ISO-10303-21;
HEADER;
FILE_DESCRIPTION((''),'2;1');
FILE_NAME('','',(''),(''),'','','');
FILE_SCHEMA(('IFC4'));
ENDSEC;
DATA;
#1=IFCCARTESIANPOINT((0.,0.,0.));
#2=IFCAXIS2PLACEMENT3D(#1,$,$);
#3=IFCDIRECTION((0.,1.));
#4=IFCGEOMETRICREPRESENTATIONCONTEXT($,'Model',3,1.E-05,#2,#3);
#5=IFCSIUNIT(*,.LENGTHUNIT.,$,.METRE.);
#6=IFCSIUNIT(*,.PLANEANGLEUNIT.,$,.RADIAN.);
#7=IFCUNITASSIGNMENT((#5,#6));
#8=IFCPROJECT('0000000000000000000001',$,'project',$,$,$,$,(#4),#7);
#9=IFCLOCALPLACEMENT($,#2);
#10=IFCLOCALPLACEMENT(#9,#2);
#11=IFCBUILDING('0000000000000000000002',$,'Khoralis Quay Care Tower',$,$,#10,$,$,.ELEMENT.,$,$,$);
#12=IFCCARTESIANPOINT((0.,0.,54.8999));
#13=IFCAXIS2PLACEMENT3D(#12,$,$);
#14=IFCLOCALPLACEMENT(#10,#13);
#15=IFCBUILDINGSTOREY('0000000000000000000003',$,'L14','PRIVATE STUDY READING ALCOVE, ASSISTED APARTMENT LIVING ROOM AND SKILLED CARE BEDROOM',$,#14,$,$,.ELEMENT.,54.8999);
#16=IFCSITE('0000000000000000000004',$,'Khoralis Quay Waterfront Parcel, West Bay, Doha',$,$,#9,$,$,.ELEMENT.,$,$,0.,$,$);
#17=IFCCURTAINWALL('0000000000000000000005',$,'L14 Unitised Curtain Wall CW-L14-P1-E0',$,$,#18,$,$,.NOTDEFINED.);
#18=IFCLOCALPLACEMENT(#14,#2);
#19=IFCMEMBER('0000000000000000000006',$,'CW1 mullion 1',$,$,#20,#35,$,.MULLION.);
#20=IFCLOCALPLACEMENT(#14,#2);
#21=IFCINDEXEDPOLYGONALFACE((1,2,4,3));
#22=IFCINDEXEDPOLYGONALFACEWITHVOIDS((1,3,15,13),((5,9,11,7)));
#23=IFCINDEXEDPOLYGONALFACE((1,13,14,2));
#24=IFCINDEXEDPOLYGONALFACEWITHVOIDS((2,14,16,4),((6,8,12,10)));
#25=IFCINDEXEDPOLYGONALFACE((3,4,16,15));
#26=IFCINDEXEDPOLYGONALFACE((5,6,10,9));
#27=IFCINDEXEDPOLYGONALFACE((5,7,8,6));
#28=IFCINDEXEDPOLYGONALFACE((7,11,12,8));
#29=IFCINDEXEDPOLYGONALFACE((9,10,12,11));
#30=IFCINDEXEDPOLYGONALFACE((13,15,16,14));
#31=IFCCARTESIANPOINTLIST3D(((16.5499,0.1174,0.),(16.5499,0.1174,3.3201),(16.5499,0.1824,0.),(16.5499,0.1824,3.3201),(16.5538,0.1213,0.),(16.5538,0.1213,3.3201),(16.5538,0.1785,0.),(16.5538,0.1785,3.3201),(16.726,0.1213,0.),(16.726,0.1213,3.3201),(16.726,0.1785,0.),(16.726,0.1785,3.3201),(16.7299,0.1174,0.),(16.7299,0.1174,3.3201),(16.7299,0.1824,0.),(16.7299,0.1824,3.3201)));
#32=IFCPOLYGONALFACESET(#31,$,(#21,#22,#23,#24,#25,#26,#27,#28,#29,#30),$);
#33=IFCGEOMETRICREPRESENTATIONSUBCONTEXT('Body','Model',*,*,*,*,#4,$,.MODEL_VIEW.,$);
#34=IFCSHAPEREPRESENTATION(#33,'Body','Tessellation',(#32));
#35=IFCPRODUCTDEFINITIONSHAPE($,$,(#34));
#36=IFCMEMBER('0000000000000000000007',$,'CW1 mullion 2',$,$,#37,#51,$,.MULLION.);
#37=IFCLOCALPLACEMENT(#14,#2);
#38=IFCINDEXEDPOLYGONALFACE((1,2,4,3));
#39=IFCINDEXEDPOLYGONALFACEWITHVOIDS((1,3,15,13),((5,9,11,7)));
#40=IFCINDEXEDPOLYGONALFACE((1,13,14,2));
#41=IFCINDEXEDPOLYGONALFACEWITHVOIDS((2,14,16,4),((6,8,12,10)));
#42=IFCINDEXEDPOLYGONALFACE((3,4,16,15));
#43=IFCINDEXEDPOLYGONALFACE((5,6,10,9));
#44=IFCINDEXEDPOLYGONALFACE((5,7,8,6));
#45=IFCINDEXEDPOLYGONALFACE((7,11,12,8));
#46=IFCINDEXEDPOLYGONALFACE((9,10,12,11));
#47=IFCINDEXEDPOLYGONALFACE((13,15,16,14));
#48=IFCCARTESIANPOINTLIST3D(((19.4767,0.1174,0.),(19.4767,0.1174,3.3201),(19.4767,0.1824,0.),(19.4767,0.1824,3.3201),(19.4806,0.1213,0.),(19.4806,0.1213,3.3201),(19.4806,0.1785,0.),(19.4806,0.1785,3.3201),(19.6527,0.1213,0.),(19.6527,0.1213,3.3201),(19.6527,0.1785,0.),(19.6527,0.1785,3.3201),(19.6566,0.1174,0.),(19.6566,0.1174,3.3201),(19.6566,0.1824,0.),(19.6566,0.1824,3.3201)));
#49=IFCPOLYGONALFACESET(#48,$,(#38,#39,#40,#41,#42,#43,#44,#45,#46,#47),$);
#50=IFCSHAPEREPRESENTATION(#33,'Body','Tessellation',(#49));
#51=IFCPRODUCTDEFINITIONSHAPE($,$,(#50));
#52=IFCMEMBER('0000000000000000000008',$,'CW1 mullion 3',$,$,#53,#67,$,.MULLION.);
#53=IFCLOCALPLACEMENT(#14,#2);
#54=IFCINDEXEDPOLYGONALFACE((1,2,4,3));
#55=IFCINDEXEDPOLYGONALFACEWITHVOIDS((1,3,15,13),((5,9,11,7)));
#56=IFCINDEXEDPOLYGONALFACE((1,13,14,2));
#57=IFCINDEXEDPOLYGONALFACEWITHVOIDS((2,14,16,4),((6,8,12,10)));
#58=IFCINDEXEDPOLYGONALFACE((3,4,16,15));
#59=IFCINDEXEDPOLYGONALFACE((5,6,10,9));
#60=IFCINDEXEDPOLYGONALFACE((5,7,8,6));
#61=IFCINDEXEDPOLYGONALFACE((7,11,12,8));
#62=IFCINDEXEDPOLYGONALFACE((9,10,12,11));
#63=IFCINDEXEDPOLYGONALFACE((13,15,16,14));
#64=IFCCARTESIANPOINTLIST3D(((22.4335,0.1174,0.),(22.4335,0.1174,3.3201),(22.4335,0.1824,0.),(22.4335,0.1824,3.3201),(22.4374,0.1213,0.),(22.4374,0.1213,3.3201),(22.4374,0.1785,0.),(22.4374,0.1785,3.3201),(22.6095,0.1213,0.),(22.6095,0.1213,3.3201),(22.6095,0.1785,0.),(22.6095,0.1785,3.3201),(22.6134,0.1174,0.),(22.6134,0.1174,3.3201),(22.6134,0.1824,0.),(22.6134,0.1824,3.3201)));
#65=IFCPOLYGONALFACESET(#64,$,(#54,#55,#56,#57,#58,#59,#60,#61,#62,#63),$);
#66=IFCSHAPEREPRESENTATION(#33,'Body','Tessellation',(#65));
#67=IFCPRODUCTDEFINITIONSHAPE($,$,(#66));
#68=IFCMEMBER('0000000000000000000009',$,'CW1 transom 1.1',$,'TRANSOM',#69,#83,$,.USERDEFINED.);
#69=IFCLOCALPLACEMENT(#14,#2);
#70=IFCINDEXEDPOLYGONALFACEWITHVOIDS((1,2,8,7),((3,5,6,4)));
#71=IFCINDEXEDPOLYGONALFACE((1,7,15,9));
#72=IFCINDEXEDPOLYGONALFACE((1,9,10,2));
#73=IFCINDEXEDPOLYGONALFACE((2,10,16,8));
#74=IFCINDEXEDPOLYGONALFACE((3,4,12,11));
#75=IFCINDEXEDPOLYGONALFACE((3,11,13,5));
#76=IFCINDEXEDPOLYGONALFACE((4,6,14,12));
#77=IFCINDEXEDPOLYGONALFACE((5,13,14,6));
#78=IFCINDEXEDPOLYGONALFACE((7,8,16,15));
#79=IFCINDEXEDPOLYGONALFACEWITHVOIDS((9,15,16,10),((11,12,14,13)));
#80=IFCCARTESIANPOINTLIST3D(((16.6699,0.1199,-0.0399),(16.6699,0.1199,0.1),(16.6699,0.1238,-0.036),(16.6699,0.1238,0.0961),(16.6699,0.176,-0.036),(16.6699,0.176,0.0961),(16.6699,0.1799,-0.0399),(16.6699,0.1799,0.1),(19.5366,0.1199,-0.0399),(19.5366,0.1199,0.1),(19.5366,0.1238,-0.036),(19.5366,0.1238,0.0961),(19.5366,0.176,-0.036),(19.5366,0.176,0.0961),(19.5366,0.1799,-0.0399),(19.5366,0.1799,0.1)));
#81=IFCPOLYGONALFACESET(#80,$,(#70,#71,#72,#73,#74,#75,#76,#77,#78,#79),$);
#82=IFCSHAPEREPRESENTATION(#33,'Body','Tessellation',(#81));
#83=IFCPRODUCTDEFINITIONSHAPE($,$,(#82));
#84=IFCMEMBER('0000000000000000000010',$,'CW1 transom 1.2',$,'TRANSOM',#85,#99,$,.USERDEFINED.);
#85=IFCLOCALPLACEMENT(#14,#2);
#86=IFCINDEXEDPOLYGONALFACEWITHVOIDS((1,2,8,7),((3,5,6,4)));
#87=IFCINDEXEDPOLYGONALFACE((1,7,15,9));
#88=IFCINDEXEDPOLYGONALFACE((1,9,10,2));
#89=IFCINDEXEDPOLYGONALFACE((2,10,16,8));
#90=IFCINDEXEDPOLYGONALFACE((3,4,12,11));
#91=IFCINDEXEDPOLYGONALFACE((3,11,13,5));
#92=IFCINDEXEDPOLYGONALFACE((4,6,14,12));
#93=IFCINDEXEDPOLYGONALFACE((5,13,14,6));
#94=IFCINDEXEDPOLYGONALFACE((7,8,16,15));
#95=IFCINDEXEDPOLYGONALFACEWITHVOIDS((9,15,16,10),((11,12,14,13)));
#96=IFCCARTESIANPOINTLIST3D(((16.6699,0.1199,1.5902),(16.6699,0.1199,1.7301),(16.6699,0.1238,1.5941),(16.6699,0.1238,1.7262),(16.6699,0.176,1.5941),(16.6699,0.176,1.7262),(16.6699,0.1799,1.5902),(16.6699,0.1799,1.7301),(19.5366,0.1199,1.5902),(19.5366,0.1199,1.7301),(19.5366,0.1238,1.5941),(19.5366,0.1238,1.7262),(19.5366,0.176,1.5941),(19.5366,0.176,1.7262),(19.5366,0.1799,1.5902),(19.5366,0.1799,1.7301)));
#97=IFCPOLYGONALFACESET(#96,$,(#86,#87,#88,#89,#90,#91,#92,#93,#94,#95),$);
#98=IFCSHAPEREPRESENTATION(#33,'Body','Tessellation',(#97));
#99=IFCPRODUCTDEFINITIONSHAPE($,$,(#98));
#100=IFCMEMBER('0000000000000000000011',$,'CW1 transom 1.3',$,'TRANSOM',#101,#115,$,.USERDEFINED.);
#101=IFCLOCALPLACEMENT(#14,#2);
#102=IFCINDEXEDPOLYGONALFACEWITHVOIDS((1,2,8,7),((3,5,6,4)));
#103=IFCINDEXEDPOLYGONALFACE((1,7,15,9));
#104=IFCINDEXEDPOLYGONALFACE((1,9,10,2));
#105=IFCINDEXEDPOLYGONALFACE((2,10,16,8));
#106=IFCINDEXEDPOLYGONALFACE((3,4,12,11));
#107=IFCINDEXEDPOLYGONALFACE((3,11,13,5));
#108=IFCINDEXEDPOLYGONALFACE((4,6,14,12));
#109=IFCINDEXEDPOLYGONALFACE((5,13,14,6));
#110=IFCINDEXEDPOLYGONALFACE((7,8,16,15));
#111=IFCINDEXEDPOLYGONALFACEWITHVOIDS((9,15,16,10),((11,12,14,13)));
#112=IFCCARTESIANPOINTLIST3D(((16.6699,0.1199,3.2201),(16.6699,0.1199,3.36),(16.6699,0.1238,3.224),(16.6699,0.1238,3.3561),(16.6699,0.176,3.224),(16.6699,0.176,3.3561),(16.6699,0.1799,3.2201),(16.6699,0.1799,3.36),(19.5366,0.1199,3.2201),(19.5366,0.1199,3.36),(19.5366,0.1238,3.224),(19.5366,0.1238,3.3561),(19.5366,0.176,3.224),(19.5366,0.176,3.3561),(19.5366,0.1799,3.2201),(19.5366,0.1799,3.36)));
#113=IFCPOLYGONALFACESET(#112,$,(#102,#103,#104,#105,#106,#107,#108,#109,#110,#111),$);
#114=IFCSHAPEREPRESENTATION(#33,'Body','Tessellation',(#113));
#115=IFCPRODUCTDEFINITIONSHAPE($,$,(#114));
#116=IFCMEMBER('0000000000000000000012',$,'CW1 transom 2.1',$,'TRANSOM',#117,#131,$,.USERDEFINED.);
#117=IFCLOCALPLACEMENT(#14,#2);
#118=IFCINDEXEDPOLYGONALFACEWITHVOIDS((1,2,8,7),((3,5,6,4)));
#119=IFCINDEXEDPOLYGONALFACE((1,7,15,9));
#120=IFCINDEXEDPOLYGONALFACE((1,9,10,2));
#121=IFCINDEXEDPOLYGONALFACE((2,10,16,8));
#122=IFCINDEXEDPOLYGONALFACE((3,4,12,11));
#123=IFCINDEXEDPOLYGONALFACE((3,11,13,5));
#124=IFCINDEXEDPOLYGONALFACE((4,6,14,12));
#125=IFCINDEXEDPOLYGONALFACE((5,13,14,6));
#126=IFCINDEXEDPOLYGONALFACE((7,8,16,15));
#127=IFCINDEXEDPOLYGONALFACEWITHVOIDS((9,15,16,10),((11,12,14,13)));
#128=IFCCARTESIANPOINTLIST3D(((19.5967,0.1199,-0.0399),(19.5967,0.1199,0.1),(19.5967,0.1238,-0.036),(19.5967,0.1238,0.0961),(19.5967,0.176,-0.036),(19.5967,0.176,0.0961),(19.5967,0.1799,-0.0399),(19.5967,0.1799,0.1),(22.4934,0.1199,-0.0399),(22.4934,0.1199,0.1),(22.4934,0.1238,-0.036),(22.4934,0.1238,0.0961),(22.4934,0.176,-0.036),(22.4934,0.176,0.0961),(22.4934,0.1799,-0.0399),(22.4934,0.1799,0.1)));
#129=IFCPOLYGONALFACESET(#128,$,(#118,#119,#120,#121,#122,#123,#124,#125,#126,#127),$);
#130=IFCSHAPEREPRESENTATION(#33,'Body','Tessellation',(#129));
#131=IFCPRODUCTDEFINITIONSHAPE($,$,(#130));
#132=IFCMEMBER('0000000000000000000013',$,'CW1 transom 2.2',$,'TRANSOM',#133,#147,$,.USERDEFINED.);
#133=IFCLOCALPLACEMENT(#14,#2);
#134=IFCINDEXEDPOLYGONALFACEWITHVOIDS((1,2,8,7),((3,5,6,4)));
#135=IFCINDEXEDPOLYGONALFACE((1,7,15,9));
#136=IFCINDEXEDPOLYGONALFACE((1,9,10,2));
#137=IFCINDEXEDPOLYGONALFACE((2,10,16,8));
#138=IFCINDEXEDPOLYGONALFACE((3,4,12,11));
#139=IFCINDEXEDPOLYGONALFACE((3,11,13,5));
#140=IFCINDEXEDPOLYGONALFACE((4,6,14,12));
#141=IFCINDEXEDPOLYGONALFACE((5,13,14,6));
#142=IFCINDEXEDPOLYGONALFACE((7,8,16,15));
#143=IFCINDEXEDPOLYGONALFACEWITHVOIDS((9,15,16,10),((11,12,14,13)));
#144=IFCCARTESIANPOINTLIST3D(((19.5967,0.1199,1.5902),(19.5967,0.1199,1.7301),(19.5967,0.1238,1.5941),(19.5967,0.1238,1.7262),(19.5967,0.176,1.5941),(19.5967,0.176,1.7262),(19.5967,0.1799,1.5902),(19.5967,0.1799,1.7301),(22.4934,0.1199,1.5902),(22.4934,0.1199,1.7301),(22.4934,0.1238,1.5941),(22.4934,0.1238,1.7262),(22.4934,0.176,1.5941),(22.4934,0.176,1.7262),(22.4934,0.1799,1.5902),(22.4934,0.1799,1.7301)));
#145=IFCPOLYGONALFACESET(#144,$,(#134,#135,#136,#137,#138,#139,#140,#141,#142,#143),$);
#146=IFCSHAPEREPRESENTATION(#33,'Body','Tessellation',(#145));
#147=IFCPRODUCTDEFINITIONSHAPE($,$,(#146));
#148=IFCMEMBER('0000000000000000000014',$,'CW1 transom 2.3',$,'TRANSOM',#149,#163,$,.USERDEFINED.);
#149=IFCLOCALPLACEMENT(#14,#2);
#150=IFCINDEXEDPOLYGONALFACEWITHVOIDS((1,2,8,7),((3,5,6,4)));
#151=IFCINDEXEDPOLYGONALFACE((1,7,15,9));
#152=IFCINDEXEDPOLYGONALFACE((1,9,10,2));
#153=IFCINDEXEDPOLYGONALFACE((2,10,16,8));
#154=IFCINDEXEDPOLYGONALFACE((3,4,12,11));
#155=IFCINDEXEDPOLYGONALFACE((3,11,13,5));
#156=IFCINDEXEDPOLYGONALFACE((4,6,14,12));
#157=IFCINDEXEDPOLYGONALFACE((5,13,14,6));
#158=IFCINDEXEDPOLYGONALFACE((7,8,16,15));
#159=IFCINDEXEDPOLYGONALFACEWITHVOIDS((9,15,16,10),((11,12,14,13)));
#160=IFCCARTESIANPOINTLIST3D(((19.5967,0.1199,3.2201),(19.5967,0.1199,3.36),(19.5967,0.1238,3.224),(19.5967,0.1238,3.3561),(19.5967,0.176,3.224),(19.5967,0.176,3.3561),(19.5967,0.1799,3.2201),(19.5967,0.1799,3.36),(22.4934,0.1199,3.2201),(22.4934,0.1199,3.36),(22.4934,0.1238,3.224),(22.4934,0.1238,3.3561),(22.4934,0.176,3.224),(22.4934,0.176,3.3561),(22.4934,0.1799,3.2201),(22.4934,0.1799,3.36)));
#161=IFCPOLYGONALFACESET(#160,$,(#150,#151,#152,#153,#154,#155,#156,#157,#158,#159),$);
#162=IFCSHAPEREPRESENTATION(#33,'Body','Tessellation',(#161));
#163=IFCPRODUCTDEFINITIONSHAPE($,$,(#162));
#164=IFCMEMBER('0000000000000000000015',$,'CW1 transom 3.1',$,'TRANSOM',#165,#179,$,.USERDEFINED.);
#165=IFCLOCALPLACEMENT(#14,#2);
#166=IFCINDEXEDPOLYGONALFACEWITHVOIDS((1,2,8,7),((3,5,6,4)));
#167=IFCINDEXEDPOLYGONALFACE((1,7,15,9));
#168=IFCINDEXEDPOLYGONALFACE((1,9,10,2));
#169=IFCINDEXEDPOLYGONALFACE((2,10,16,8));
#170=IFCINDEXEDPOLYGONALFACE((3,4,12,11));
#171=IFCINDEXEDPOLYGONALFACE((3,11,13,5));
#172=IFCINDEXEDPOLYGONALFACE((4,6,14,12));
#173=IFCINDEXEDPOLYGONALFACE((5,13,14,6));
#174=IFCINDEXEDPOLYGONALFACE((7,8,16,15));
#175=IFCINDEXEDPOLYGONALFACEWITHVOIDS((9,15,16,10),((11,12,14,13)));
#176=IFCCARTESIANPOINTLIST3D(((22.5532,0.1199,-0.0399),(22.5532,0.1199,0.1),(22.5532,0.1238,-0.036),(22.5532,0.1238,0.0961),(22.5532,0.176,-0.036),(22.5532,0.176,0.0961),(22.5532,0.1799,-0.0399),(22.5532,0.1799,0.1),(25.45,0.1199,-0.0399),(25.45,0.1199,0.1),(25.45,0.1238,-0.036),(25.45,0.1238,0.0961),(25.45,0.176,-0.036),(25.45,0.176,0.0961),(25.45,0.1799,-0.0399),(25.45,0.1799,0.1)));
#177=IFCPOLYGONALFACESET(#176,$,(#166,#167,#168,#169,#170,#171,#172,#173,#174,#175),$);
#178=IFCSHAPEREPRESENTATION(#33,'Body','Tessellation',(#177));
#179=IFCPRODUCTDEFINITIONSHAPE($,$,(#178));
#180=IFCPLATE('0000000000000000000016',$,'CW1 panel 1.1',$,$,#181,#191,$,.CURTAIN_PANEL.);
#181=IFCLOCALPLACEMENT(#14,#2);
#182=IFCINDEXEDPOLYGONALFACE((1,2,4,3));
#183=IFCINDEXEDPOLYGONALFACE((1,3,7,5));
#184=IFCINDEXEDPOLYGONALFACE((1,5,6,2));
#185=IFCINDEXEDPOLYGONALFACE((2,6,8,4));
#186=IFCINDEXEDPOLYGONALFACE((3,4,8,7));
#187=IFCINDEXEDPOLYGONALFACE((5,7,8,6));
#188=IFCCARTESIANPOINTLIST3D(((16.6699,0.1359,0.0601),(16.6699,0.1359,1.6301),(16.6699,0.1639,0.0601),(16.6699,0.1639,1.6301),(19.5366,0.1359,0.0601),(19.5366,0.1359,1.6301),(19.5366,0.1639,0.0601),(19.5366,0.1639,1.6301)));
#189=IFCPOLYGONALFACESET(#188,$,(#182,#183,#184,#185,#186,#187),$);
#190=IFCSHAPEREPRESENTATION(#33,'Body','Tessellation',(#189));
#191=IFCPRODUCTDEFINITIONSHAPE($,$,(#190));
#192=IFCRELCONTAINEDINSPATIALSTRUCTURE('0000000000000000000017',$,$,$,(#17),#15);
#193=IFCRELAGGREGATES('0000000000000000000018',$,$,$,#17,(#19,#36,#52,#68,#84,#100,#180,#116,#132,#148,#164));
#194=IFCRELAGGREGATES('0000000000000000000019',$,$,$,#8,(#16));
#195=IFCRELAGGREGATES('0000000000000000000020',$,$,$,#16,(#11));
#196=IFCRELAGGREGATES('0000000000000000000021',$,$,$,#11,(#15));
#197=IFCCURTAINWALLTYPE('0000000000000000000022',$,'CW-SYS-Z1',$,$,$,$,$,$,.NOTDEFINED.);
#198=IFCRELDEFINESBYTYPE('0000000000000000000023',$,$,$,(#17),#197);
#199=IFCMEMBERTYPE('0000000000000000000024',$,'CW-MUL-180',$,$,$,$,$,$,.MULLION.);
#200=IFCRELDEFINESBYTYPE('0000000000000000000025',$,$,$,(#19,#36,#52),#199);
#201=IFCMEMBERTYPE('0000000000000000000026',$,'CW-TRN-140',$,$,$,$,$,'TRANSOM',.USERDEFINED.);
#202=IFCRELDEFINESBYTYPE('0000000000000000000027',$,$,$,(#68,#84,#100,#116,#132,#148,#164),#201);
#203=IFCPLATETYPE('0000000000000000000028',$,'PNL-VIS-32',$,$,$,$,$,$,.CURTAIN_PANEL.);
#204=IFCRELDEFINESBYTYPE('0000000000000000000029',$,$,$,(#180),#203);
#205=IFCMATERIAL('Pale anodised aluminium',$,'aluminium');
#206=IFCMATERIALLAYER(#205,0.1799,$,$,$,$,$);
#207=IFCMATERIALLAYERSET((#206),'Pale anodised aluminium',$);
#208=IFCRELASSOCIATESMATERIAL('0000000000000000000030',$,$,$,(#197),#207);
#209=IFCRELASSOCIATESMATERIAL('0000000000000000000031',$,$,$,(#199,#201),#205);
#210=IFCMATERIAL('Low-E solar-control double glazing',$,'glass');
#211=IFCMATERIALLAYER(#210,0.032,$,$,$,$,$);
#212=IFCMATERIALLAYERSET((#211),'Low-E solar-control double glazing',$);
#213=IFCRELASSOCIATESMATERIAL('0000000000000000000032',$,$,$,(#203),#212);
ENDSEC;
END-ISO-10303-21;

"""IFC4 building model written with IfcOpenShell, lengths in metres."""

from ifc_helpers import new_model, si_unit, direction, frame, origin, origin_2d, place, context, subcontext, project, spatial, rectangle, hollow_rectangle, extrude, source, transform, mapped, material, layer, layer_set, material_profile, profile_set, type_object, element, aggregate, save


model = new_model("IFC4")

# Units and contexts
model_context = context("Model", 3, precision=1e-05, world=origin(), true_north=direction((0.0, 1.0)))
body_context = subcontext(model_context, "Body", "Model", "MODEL_VIEW")
ifc_project = project(units=[si_unit("LENGTHUNIT", "METRE"), si_unit("PLANEANGLEUNIT", "RADIAN")], contexts=[model_context])

# Site, building, storey
site_placement = place(None, origin())
site = spatial("IfcSite", under=ifc_project, at=site_placement, Name="Khoralis Quay Waterfront Parcel, West Bay, Doha", CompositionType="ELEMENT", RefElevation=0.0)
building_placement = place(site_placement, origin())
building = spatial("IfcBuilding", under=site, at=building_placement, Name="Khoralis Quay Care Tower", CompositionType="ELEMENT")
storey_placement = place(building_placement, frame((0.0, 0.0, 54.8999)))
storey = spatial("IfcBuildingStorey", under=building, at=storey_placement, Name="L14", Description="PRIVATE STUDY READING ALCOVE, ASSISTED APARTMENT LIVING ROOM AND SKILLED CARE BEDROOM", CompositionType="ELEMENT", Elevation=54.8999)

# Curtain wall, members, plate
ifc_material_1 = material(Name="Pale anodised aluminium", Category="aluminium")
ifc_layer_1 = layer(ifc_material_1, 0.1799)
ifc_layer_set_1 = layer_set([ifc_layer_1], Name="Pale anodised aluminium")
curtain_wall_type = type_object("IfcCurtainWallType", Name="CW-SYS-Z1", PredefinedType="NOTDEFINED", material=ifc_layer_set_1)
curtain_wall_placement = place(storey_placement, origin())
curtain_wall = element("IfcCurtainWall", 1, at=curtain_wall_placement, inside=storey, type_object=curtain_wall_type, Name="L14 Unitised Curtain Wall CW-L14-P1-E0", PredefinedType="NOTDEFINED")
ifc_material_profile_1 = material_profile(ifc_material_1, hollow_rectangle(XDim=0.0649, YDim=0.1799, WallThickness=0.0039, at=origin_2d()), Name="Pale anodised aluminium")
ifc_profile_set_1 = profile_set([ifc_material_profile_1], Name="Pale anodised aluminium")
member_type_1 = type_object("IfcMemberType", Name="CW-MUL-180", PredefinedType="MULLION", material=ifc_profile_set_1)
shared_shape_1 = source(origin(), body_context, "Body", "SweptSolid", [
    extrude(hollow_rectangle(XDim=0.0649, YDim=0.1799, WallThickness=0.0039, at=origin_2d()), origin(), (0.0, 0.0, 1.0), 3.3201),
])
member_1_placement = place(storey_placement, frame((16.6399, 0.1499, 0.0), z_axis=(0.0, 0.0, 1.0), x_axis=(0.0, 1.0, 0.0)))
member_1 = element("IfcMember", 2, at=member_1_placement, type_object=member_type_1, Name="CW1 mullion 1", PredefinedType="MULLION", context=body_context, shape_type="MappedRepresentation", body=[
    mapped(shared_shape_1, transform((0.0, 0.0, 0.0), scale=1.0)),
])
member_2_placement = place(storey_placement, frame((19.5667, 0.1499, 0.0), z_axis=(0.0, 0.0, 1.0), x_axis=(0.0, 1.0, 0.0)))
member_2 = element("IfcMember", 3, at=member_2_placement, type_object=member_type_1, Name="CW1 mullion 2", PredefinedType="MULLION", context=body_context, shape_type="MappedRepresentation", body=[
    mapped(shared_shape_1, transform((0.0, 0.0, 0.0), scale=1.0)),
])
member_3_placement = place(storey_placement, frame((22.5234, 0.1499, 0.0), z_axis=(0.0, 0.0, 1.0), x_axis=(0.0, 1.0, 0.0)))
member_3 = element("IfcMember", 4, at=member_3_placement, type_object=member_type_1, Name="CW1 mullion 3", PredefinedType="MULLION", context=body_context, shape_type="MappedRepresentation", body=[
    mapped(shared_shape_1, transform((0.0, 0.0, 0.0), scale=1.0)),
])
ifc_material_profile_2 = material_profile(ifc_material_1, hollow_rectangle(XDim=0.0601, YDim=0.1399, WallThickness=0.0039, at=origin_2d()), Name="Pale anodised aluminium")
ifc_profile_set_2 = profile_set([ifc_material_profile_2], Name="Pale anodised aluminium")
member_type_2 = type_object("IfcMemberType", Name="CW-TRN-140", ElementType="TRANSOM", PredefinedType="USERDEFINED", material=ifc_profile_set_2)
shared_shape_2 = source(origin(), body_context, "Body", "SweptSolid", [
    extrude(hollow_rectangle(XDim=0.0601, YDim=0.1399, WallThickness=0.0039, at=origin_2d()), origin(), (0.0, 0.0, 1.0), 2.8667),
])
member_4_placement = place(storey_placement, frame((16.6699, 0.1499, 0.03), z_axis=(1.0, 0.0, 0.0), x_axis=(0.0, 1.0, 0.0)))
member_4 = element("IfcMember", 5, at=member_4_placement, type_object=member_type_2, Name="CW1 transom 1.1", ObjectType="TRANSOM", PredefinedType="USERDEFINED", context=body_context, shape_type="MappedRepresentation", body=[
    mapped(shared_shape_2, transform((0.0, 0.0, 0.0), scale=1.0)),
])
member_5_placement = place(storey_placement, frame((16.6699, 0.1499, 1.6602), z_axis=(1.0, 0.0, 0.0), x_axis=(0.0, 1.0, 0.0)))
member_5 = element("IfcMember", 6, at=member_5_placement, type_object=member_type_2, Name="CW1 transom 1.2", ObjectType="TRANSOM", PredefinedType="USERDEFINED", context=body_context, shape_type="MappedRepresentation", body=[
    mapped(shared_shape_2, transform((0.0, 0.0, 0.0), scale=1.0)),
])
member_6_placement = place(storey_placement, frame((16.6699, 0.1499, 3.29), z_axis=(1.0, 0.0, 0.0), x_axis=(0.0, 1.0, 0.0)))
member_6 = element("IfcMember", 7, at=member_6_placement, type_object=member_type_2, Name="CW1 transom 1.3", ObjectType="TRANSOM", PredefinedType="USERDEFINED", context=body_context, shape_type="MappedRepresentation", body=[
    mapped(shared_shape_2, transform((0.0, 0.0, 0.0), scale=1.0)),
])
shared_shape_3 = source(origin(), body_context, "Body", "SweptSolid", [
    extrude(hollow_rectangle(XDim=0.0601, YDim=0.1399, WallThickness=0.0039, at=origin_2d()), origin(), (0.0, 0.0, 1.0), 2.8967),
])
member_7_placement = place(storey_placement, frame((19.5967, 0.1499, 0.03), z_axis=(1.0, 0.0, 0.0), x_axis=(0.0, 1.0, 0.0)))
member_7 = element("IfcMember", 8, at=member_7_placement, type_object=member_type_2, Name="CW1 transom 2.1", ObjectType="TRANSOM", PredefinedType="USERDEFINED", context=body_context, shape_type="MappedRepresentation", body=[
    mapped(shared_shape_3, transform((0.0, 0.0, 0.0), scale=1.0)),
])
member_8_placement = place(storey_placement, frame((19.5967, 0.1499, 1.6602), z_axis=(1.0, 0.0, 0.0), x_axis=(0.0, 1.0, 0.0)))
member_8 = element("IfcMember", 9, at=member_8_placement, type_object=member_type_2, Name="CW1 transom 2.2", ObjectType="TRANSOM", PredefinedType="USERDEFINED", context=body_context, shape_type="MappedRepresentation", body=[
    mapped(shared_shape_3, transform((0.0, 0.0, 0.0), scale=1.0)),
])
member_9_placement = place(storey_placement, frame((19.5967, 0.1499, 3.29), z_axis=(1.0, 0.0, 0.0), x_axis=(0.0, 1.0, 0.0)))
member_9 = element("IfcMember", 10, at=member_9_placement, type_object=member_type_2, Name="CW1 transom 2.3", ObjectType="TRANSOM", PredefinedType="USERDEFINED", context=body_context, shape_type="MappedRepresentation", body=[
    mapped(shared_shape_3, transform((0.0, 0.0, 0.0), scale=1.0)),
])
member_10_placement = place(storey_placement, frame((22.5532, 0.1499, 0.03), z_axis=(1.0, 0.0, 0.0), x_axis=(0.0, 1.0, 0.0)))
member_10 = element("IfcMember", 11, at=member_10_placement, type_object=member_type_2, Name="CW1 transom 3.1", ObjectType="TRANSOM", PredefinedType="USERDEFINED", context=body_context, shape_type="MappedRepresentation", body=[
    mapped(shared_shape_3, transform((0.0, 0.0, 0.0), scale=1.0)),
])
ifc_material_2 = material(Name="Low-E solar-control double glazing", Category="glass")
ifc_layer_2 = layer(ifc_material_2, 0.032)
ifc_layer_set_2 = layer_set([ifc_layer_2], Name="Low-E solar-control double glazing")
plate_type = type_object("IfcPlateType", Name="PNL-VIS-32", PredefinedType="CURTAIN_PANEL", material=ifc_layer_set_2)
shared_shape_4 = source(origin(), body_context, "Body", "SweptSolid", [
    extrude(rectangle(XDim=2.8667, YDim=0.0281, at=origin_2d()), origin(), (0.0, 0.0, 1.0), 1.5701),
])
plate_1_placement = place(storey_placement, frame((18.1033, 0.1499, 0.0601), z_axis=(0.0, 0.0, 1.0), x_axis=(1.0, 0.0, 0.0)))
plate_1 = element("IfcPlate", 12, at=plate_1_placement, type_object=plate_type, Name="CW1 panel 1.1", PredefinedType="CURTAIN_PANEL", context=body_context, shape_type="MappedRepresentation", body=[
    mapped(shared_shape_4, transform((0.0, 0.0, 0.0), scale=1.0)),
])
aggregate(curtain_wall, [member_1, member_2, member_3, member_4, member_5, member_6, plate_1, member_7, member_8, member_9, member_10])

save(model, "model.ifc")
